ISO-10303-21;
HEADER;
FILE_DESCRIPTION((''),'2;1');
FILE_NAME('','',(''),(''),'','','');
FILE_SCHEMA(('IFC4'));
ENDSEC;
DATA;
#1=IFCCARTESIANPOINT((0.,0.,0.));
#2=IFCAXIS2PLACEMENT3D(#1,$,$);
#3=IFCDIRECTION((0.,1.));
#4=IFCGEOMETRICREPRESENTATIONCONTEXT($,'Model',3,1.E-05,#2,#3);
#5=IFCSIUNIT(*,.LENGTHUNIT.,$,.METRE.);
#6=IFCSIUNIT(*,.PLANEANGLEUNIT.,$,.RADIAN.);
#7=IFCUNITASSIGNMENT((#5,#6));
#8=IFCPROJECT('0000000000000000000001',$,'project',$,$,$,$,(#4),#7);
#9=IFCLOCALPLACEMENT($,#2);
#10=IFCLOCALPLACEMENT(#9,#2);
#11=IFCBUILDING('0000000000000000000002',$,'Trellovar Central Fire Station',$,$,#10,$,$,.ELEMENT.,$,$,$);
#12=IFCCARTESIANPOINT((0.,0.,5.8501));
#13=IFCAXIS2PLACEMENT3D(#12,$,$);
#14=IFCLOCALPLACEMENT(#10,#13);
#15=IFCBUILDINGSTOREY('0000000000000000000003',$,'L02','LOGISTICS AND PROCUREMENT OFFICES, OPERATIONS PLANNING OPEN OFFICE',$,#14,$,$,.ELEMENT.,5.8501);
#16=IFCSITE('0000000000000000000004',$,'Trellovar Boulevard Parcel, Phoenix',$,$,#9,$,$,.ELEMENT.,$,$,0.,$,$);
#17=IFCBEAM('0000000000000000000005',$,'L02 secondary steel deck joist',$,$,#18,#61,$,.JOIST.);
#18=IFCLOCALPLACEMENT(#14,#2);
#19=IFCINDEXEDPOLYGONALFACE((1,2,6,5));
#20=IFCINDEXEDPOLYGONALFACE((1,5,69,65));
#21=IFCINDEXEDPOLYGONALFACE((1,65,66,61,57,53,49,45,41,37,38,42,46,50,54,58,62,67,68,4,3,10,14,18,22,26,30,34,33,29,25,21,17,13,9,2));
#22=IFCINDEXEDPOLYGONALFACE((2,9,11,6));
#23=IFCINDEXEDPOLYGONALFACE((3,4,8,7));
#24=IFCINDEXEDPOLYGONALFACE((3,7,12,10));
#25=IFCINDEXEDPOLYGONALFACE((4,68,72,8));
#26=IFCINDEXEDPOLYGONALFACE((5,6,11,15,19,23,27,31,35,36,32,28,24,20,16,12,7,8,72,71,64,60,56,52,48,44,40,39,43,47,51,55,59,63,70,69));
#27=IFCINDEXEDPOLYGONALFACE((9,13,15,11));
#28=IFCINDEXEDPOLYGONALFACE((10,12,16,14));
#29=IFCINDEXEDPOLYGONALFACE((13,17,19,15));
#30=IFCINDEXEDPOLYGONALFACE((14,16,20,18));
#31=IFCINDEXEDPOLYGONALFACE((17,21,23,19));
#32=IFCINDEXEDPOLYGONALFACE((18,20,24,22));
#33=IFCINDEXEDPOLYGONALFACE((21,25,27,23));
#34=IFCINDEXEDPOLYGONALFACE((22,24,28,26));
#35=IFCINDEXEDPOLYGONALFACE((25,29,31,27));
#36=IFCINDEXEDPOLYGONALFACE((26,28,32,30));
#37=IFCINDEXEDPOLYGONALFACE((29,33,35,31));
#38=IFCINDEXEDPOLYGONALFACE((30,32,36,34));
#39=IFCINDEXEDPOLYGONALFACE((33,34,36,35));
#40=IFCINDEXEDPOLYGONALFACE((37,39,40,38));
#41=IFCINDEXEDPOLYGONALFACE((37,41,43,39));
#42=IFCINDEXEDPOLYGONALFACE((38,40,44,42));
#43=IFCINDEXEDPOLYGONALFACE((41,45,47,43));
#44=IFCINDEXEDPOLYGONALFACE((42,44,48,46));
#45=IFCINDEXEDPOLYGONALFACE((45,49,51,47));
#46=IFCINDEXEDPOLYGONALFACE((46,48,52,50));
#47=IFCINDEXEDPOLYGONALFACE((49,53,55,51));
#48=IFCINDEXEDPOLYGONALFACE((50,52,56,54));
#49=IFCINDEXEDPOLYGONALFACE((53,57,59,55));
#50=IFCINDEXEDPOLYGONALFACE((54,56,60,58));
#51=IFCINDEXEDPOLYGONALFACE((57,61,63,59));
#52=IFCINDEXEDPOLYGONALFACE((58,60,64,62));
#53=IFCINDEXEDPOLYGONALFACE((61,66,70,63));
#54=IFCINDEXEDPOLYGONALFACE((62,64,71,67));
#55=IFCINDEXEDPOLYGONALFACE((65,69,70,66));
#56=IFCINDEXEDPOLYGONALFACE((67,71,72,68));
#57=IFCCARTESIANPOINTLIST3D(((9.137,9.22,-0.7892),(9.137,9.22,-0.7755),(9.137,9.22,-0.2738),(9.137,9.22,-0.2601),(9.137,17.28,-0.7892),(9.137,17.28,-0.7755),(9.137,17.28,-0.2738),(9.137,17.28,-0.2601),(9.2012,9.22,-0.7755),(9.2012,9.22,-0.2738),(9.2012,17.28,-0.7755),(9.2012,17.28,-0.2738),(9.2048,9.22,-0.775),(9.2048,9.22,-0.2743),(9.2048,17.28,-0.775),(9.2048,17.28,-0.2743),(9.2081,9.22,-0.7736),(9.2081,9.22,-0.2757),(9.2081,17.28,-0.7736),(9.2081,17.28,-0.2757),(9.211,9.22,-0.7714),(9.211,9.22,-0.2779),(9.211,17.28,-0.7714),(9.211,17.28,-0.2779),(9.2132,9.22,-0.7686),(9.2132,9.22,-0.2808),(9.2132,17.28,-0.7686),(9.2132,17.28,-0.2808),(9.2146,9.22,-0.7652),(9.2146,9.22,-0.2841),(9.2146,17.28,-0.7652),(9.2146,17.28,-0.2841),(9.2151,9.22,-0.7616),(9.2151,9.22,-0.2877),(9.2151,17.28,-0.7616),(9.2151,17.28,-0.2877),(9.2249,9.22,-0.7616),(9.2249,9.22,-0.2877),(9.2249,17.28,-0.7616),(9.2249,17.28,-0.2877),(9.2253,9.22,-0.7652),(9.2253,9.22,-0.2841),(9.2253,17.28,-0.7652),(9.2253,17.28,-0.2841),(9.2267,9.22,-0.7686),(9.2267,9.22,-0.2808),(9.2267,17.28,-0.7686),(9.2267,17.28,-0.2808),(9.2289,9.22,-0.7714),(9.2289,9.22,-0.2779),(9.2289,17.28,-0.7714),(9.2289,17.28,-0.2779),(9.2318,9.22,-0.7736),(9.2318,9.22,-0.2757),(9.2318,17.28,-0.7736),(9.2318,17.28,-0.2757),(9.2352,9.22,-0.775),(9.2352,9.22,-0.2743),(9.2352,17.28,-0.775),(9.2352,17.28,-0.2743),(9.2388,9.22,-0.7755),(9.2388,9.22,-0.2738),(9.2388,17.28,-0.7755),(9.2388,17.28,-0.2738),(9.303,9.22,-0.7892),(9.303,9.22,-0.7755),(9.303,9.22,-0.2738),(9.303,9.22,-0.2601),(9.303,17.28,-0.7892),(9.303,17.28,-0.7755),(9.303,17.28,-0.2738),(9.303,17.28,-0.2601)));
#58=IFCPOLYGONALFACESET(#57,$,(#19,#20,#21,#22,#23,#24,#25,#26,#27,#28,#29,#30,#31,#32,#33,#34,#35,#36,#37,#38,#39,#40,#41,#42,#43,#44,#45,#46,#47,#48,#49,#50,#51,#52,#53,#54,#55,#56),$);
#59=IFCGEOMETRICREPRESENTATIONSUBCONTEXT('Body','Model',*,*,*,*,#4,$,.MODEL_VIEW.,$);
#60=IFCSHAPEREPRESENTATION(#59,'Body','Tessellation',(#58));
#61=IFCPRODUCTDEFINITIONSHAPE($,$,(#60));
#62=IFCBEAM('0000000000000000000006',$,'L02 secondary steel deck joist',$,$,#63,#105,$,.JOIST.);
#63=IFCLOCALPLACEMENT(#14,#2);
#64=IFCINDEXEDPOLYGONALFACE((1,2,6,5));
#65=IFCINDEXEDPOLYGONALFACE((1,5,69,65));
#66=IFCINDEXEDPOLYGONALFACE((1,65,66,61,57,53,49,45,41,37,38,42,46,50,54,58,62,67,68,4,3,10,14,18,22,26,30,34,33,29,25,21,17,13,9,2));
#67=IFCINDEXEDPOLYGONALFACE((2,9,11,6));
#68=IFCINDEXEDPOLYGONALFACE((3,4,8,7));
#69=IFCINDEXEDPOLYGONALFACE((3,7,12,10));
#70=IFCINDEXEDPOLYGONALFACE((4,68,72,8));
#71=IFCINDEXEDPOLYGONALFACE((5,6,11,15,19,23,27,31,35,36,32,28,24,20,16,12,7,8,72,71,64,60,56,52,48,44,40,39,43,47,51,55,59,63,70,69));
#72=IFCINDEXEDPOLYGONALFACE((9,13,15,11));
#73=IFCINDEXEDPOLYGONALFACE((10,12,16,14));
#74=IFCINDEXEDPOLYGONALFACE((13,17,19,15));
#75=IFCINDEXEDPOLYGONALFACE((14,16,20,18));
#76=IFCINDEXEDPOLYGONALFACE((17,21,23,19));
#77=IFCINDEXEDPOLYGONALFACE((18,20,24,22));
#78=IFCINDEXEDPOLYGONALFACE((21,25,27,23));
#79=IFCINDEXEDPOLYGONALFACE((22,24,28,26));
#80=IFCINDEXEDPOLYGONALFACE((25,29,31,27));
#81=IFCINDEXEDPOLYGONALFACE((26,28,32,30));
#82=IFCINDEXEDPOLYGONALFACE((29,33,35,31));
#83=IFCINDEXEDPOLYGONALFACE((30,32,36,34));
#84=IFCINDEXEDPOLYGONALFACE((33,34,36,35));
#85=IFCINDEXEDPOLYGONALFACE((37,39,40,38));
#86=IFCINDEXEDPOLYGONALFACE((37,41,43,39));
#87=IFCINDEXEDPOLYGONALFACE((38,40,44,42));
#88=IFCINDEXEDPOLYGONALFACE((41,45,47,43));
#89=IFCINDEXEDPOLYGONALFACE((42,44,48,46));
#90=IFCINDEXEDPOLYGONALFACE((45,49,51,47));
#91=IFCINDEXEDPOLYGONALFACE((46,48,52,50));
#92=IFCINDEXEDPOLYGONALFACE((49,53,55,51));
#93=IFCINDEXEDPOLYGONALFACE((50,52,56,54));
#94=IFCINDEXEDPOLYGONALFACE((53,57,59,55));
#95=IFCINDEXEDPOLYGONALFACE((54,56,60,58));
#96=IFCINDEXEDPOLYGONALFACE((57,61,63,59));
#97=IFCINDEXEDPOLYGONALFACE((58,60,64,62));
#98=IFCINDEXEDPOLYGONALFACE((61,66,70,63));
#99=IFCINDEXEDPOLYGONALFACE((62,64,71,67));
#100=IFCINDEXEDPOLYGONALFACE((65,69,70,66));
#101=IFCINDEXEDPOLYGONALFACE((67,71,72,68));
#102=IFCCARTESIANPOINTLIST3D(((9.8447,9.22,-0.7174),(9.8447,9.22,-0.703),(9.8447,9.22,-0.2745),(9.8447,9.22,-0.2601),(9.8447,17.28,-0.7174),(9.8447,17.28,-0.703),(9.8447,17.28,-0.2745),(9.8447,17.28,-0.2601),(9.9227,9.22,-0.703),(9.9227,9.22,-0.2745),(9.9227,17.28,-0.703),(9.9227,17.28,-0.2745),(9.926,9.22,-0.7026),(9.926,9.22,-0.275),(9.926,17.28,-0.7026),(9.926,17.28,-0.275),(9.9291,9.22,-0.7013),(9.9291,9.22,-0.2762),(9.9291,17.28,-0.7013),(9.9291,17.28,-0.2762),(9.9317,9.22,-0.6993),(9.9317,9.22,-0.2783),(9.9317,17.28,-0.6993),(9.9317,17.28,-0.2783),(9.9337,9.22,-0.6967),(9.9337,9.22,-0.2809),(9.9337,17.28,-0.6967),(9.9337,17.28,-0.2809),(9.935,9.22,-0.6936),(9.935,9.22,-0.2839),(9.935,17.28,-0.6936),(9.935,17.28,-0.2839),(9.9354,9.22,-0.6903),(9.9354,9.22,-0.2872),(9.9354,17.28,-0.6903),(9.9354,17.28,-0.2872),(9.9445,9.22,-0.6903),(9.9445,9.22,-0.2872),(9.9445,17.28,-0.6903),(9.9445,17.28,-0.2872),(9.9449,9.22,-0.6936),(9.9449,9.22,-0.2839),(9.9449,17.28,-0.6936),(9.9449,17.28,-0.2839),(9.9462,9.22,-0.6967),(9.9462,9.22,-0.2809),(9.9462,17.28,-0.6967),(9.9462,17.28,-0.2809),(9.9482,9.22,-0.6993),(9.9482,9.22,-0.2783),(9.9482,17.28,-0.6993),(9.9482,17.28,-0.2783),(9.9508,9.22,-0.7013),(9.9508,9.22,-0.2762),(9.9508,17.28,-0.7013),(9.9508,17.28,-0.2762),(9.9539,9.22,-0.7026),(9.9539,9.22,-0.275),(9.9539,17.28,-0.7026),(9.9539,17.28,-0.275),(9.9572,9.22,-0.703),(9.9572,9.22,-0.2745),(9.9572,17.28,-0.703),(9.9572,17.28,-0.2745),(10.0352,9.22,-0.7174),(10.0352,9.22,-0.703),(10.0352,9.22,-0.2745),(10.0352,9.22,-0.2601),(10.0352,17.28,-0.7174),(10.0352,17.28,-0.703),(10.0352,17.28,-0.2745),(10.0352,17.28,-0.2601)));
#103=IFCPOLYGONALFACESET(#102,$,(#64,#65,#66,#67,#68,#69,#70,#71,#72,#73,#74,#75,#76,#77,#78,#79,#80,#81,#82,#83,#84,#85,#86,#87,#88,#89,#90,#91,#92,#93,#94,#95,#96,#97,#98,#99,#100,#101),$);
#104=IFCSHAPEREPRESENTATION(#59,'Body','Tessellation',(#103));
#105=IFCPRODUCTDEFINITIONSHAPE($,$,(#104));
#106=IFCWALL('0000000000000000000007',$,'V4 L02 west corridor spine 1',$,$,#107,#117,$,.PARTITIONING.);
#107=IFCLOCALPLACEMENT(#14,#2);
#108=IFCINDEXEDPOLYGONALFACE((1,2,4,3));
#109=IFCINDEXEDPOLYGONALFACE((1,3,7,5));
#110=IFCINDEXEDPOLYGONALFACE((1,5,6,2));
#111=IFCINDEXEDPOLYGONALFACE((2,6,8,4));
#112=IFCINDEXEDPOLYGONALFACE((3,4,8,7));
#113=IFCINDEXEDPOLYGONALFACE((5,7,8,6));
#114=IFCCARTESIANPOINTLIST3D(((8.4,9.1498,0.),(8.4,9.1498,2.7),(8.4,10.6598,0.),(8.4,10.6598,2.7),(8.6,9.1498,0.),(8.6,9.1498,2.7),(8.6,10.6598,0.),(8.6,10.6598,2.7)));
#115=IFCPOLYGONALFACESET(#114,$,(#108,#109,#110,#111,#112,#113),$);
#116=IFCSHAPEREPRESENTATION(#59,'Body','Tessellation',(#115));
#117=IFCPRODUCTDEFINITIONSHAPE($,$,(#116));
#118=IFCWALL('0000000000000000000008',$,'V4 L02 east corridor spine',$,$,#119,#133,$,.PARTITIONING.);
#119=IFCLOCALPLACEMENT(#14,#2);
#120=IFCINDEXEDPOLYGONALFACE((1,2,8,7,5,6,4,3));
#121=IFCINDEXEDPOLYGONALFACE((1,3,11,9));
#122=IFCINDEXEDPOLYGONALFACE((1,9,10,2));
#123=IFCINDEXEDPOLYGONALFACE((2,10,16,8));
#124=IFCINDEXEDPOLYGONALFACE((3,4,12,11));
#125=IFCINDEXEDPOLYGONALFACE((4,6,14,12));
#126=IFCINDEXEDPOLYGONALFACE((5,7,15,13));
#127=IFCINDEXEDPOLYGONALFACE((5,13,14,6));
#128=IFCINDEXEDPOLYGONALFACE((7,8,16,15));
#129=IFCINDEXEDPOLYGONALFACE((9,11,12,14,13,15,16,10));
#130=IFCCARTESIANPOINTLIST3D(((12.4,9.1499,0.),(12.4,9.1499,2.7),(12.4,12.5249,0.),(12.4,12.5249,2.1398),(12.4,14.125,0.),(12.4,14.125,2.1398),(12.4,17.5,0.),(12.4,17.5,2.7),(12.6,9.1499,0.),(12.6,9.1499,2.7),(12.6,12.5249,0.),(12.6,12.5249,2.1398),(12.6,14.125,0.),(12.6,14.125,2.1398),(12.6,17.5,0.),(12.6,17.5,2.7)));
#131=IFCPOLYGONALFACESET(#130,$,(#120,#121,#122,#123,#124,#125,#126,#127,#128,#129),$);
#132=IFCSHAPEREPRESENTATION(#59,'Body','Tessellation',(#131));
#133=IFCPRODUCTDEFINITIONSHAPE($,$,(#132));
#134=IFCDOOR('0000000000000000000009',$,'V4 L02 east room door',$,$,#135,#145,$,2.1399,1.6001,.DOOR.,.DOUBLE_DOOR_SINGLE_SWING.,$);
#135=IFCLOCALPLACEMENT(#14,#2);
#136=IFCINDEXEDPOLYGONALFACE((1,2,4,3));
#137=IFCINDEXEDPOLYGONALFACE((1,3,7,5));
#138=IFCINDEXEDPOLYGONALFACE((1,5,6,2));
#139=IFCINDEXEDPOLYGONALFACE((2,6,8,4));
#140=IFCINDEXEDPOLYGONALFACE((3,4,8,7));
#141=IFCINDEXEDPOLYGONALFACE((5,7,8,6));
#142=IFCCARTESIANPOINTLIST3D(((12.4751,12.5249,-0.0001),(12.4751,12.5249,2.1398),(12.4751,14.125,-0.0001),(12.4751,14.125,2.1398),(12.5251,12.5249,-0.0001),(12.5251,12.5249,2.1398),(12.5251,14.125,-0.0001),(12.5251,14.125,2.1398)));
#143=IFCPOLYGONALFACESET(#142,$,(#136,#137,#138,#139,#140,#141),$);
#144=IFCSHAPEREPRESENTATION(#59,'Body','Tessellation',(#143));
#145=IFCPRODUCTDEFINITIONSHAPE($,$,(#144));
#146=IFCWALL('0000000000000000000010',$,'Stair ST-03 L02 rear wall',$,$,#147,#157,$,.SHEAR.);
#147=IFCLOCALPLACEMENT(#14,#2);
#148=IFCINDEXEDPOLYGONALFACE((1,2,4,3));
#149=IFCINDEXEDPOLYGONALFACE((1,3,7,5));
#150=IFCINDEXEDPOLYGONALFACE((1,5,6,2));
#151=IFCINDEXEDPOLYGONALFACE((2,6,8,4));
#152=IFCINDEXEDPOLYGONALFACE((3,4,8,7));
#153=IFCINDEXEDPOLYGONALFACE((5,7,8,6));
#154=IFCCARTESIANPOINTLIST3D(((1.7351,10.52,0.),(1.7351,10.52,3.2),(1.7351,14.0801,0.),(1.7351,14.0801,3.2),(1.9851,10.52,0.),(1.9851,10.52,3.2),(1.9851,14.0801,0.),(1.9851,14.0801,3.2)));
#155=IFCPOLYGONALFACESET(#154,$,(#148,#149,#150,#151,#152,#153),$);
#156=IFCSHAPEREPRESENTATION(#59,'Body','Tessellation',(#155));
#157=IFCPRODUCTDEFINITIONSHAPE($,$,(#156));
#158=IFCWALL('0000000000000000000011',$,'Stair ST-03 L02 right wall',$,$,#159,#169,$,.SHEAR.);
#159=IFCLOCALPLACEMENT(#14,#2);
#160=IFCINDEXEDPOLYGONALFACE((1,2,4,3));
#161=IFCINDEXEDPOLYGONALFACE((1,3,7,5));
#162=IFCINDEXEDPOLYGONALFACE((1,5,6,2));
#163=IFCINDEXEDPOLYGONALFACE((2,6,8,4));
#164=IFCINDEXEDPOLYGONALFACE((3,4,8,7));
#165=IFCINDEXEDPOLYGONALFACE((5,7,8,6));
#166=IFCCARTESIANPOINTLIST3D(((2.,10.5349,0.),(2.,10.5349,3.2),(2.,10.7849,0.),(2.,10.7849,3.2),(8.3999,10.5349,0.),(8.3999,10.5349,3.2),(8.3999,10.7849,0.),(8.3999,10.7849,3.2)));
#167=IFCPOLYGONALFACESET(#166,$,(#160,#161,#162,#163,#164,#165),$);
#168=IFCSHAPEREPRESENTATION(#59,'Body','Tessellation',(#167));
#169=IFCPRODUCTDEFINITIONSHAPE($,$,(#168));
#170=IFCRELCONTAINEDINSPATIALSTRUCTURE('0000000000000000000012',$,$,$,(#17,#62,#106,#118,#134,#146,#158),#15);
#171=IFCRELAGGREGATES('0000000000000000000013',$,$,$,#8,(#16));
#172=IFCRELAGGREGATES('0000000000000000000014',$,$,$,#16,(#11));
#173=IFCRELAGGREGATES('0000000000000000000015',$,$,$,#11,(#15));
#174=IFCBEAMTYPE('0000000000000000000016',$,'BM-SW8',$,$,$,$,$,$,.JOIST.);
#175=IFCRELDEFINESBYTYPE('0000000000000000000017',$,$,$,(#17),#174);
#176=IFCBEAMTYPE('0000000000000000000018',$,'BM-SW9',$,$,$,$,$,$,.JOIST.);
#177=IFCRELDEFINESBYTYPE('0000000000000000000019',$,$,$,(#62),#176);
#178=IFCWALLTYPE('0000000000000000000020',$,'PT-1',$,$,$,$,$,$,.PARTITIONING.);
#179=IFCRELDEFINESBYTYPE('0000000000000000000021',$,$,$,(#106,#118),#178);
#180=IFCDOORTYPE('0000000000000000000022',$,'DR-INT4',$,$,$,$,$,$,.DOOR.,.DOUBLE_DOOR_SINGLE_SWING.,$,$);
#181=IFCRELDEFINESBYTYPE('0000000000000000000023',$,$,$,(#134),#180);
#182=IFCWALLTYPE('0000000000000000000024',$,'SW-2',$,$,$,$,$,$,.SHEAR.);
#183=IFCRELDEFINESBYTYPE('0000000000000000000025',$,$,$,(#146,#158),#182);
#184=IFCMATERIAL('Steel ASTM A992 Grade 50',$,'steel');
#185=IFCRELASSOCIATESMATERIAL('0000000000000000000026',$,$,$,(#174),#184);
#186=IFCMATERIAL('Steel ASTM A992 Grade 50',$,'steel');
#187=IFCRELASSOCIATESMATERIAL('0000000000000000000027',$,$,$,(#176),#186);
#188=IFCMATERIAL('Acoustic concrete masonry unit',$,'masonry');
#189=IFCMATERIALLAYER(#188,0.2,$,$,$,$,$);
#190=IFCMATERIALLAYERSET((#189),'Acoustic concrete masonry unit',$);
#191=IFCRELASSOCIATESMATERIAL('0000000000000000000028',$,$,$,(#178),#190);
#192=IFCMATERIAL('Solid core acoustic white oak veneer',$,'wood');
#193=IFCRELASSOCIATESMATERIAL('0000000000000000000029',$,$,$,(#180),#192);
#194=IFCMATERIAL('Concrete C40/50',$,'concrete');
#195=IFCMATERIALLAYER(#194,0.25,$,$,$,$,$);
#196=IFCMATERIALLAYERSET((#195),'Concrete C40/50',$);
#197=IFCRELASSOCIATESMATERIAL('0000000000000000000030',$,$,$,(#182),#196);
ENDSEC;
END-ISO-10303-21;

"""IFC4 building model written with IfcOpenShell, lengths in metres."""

from ifc_helpers import new_model, si_unit, direction, frame, frame_2d, origin, origin_2d, place, context, subcontext, project, spatial, rectangle, i_section, extrude, material, layer, layer_set, material_profile, profile_set, type_object, element, fill, save


model = new_model("IFC4")

# Units and contexts
model_context = context("Model", 3, precision=1e-05, world=origin(), true_north=direction((0.0, 1.0)))
body_context = subcontext(model_context, "Body", "Model", "MODEL_VIEW")
ifc_project = project(units=[si_unit("LENGTHUNIT", "METRE"), si_unit("PLANEANGLEUNIT", "RADIAN")], contexts=[model_context])

# Site, building, storey
site_placement = place(None, origin())
site = spatial("IfcSite", under=ifc_project, at=site_placement, Name="Trellovar Boulevard Parcel, Phoenix", CompositionType="ELEMENT", RefElevation=0.0)
building_placement = place(site_placement, origin())
building = spatial("IfcBuilding", under=site, at=building_placement, Name="Trellovar Central Fire Station", CompositionType="ELEMENT")
storey_placement = place(building_placement, frame((0.0, 0.0, 5.8501)))
storey = spatial("IfcBuildingStorey", under=building, at=storey_placement, Name="L02", Description="LOGISTICS AND PROCUREMENT OFFICES, OPERATIONS PLANNING OPEN OFFICE", CompositionType="ELEMENT", Elevation=5.8501)

# Beams
ifc_material_1 = material(Name="Steel ASTM A992 Grade 50", Category="steel")
ifc_material_profile_1 = material_profile(ifc_material_1, i_section(OverallWidth=0.166, OverallDepth=0.5291, WebThickness=0.0098, FlangeThickness=0.0137, FilletRadius=0.0139, at=origin_2d()), Name="W21X50")
ifc_profile_set_1 = profile_set([ifc_material_profile_1], Name="Steel ASTM A992 Grade 50")
beam_type_1 = type_object("IfcBeamType", Name="BM-SW8", PredefinedType="JOIST", material=ifc_profile_set_1)
beam_1_placement = place(storey_placement, frame((9.22, 9.22, -0.5247), z_axis=(0.0, 1.0, 0.0), x_axis=(-1.0, 0.0, 0.0)))
element("IfcBeam", 1, at=beam_1_placement, inside=storey, type_object=beam_type_1, Name="L02 secondary steel deck joist", PredefinedType="JOIST", context=body_context, shape_type="SweptSolid", body=[
    extrude(i_section(OverallWidth=0.166, OverallDepth=0.5291, WebThickness=0.0098, FlangeThickness=0.0137, FilletRadius=0.0139, at=origin_2d()), origin(), (0.0, 0.0, 1.0), 8.0601),
])
ifc_material_2 = material(Name="Steel ASTM A992 Grade 50", Category="steel")
ifc_material_profile_2 = material_profile(ifc_material_2, i_section(OverallWidth=0.1904, OverallDepth=0.4573, WebThickness=0.009, FlangeThickness=0.0144, FilletRadius=0.0127, at=origin_2d()), Name="W18X50")
ifc_profile_set_2 = profile_set([ifc_material_profile_2], Name="Steel ASTM A992 Grade 50")
beam_type_2 = type_object("IfcBeamType", Name="BM-SW9", PredefinedType="JOIST", material=ifc_profile_set_2)
beam_2_placement = place(storey_placement, frame((9.9399, 9.22, -0.4888), z_axis=(0.0, 1.0, 0.0), x_axis=(-1.0, 0.0, 0.0)))
element("IfcBeam", 2, at=beam_2_placement, inside=storey, type_object=beam_type_2, Name="L02 secondary steel deck joist", PredefinedType="JOIST", context=body_context, shape_type="SweptSolid", body=[
    extrude(i_section(OverallWidth=0.1904, OverallDepth=0.4573, WebThickness=0.009, FlangeThickness=0.0144, FilletRadius=0.0127, at=origin_2d()), origin(), (0.0, 0.0, 1.0), 8.0601),
])

# Wall
ifc_material_3 = material(Name="Acoustic concrete masonry unit", Category="masonry")
ifc_layer_1 = layer(ifc_material_3, 0.2)
ifc_layer_set_1 = layer_set([ifc_layer_1], Name="Acoustic concrete masonry unit")
wall_type_1 = type_object("IfcWallType", Name="PT-1", PredefinedType="PARTITIONING", material=ifc_layer_set_1)
wall_1_placement = place(storey_placement, frame((8.5, 9.1499, 0.0), z_axis=(0.0, 0.0, 1.0), x_axis=(0.0, 1.0, 0.0)))
element("IfcWall", 3, at=wall_1_placement, inside=storey, type_object=wall_type_1, Name="V4 L02 west corridor spine 1", PredefinedType="PARTITIONING", context=body_context, shape_type="SweptSolid", body=[
    extrude(rectangle(XDim=1.51, YDim=0.2, at=frame_2d((0.7549, 0.0))), origin(), (0.0, 0.0, 1.0), 2.7),
])

# Wall, opening, door
wall_2_placement = place(storey_placement, frame((12.5, 9.1499, 0.0), z_axis=(0.0, 0.0, 1.0), x_axis=(0.0, 1.0, 0.0)))
wall_2 = element("IfcWall", 4, at=wall_2_placement, inside=storey, type_object=wall_type_1, Name="V4 L02 east corridor spine", PredefinedType="PARTITIONING", context=body_context, shape_type="SweptSolid", body=[
    extrude(rectangle(XDim=8.3501, YDim=0.2, at=frame_2d((4.175, 0.0))), origin(), (0.0, 0.0, 1.0), 2.7),
])
opening_placement = place(wall_2_placement, frame((3.375, 0.0, 0.0)))
opening = element("IfcOpeningElement", 5, at=opening_placement, cuts=wall_2, PredefinedType="OPENING", context=body_context, shape_type="SweptSolid", body=[
    extrude(rectangle(XDim=1.6001, YDim=2.1399, at=frame_2d((0.8, 1.0698))), frame((0.0, 0.1099, 0.0), z_axis=(0.0, -1.0, 0.0), x_axis=(1.0, 0.0, 0.0)), (0.0, 0.0, 1.0), 0.22),
])
ifc_material_4 = material(Name="Solid core acoustic white oak veneer", Category="wood")
door_type = type_object("IfcDoorType", Name="DR-INT4", OperationType="DOUBLE_DOOR_SINGLE_SWING", PredefinedType="DOOR", material=ifc_material_4)
door_placement = place(opening_placement, origin())
door = element("IfcDoor", 6, at=door_placement, inside=storey, type_object=door_type, Name="V4 L02 east room door", OperationType="DOUBLE_DOOR_SINGLE_SWING", OverallHeight=2.1399, OverallWidth=1.6001, PredefinedType="DOOR", context=body_context, shape_type="SweptSolid", body=[
    extrude(rectangle(XDim=1.6001, YDim=2.1399, at=frame_2d((0.8, 1.0698))), frame((0.0, 0.0249, 0.0), z_axis=(0.0, -1.0, 0.0), x_axis=(1.0, 0.0, 0.0)), (0.0, 0.0, 1.0), 0.05),
])
fill(opening, door)

# Walls
ifc_material_5 = material(Name="Concrete C40/50", Category="concrete")
ifc_layer_2 = layer(ifc_material_5, 0.25)
ifc_layer_set_2 = layer_set([ifc_layer_2], Name="Concrete C40/50")
wall_type_2 = type_object("IfcWallType", Name="SW-2", PredefinedType="SHEAR", material=ifc_layer_set_2)
wall_3_placement = place(storey_placement, frame((1.8601, 10.52, 0.0), z_axis=(0.0, 0.0, 1.0), x_axis=(0.0, 1.0, 0.0)))
element("IfcWall", 7, at=wall_3_placement, inside=storey, type_object=wall_type_2, Name="Stair ST-03 L02 rear wall", PredefinedType="SHEAR", context=body_context, shape_type="SweptSolid", body=[
    extrude(rectangle(XDim=3.5601, YDim=0.25, at=frame_2d((1.78, 0.0))), origin(), (0.0, 0.0, 1.0), 3.2),
])
wall_4_placement = place(storey_placement, frame((2.0, 10.6599, 0.0), z_axis=(0.0, 0.0, 1.0), x_axis=(1.0, 0.0, 0.0)))
element("IfcWall", 8, at=wall_4_placement, inside=storey, type_object=wall_type_2, Name="Stair ST-03 L02 right wall", PredefinedType="SHEAR", context=body_context, shape_type="SweptSolid", body=[
    extrude(rectangle(XDim=6.3999, YDim=0.25, at=frame_2d((3.2, 0.0))), origin(), (0.0, 0.0, 1.0), 3.2),
])

save(model, "model.ifc")
